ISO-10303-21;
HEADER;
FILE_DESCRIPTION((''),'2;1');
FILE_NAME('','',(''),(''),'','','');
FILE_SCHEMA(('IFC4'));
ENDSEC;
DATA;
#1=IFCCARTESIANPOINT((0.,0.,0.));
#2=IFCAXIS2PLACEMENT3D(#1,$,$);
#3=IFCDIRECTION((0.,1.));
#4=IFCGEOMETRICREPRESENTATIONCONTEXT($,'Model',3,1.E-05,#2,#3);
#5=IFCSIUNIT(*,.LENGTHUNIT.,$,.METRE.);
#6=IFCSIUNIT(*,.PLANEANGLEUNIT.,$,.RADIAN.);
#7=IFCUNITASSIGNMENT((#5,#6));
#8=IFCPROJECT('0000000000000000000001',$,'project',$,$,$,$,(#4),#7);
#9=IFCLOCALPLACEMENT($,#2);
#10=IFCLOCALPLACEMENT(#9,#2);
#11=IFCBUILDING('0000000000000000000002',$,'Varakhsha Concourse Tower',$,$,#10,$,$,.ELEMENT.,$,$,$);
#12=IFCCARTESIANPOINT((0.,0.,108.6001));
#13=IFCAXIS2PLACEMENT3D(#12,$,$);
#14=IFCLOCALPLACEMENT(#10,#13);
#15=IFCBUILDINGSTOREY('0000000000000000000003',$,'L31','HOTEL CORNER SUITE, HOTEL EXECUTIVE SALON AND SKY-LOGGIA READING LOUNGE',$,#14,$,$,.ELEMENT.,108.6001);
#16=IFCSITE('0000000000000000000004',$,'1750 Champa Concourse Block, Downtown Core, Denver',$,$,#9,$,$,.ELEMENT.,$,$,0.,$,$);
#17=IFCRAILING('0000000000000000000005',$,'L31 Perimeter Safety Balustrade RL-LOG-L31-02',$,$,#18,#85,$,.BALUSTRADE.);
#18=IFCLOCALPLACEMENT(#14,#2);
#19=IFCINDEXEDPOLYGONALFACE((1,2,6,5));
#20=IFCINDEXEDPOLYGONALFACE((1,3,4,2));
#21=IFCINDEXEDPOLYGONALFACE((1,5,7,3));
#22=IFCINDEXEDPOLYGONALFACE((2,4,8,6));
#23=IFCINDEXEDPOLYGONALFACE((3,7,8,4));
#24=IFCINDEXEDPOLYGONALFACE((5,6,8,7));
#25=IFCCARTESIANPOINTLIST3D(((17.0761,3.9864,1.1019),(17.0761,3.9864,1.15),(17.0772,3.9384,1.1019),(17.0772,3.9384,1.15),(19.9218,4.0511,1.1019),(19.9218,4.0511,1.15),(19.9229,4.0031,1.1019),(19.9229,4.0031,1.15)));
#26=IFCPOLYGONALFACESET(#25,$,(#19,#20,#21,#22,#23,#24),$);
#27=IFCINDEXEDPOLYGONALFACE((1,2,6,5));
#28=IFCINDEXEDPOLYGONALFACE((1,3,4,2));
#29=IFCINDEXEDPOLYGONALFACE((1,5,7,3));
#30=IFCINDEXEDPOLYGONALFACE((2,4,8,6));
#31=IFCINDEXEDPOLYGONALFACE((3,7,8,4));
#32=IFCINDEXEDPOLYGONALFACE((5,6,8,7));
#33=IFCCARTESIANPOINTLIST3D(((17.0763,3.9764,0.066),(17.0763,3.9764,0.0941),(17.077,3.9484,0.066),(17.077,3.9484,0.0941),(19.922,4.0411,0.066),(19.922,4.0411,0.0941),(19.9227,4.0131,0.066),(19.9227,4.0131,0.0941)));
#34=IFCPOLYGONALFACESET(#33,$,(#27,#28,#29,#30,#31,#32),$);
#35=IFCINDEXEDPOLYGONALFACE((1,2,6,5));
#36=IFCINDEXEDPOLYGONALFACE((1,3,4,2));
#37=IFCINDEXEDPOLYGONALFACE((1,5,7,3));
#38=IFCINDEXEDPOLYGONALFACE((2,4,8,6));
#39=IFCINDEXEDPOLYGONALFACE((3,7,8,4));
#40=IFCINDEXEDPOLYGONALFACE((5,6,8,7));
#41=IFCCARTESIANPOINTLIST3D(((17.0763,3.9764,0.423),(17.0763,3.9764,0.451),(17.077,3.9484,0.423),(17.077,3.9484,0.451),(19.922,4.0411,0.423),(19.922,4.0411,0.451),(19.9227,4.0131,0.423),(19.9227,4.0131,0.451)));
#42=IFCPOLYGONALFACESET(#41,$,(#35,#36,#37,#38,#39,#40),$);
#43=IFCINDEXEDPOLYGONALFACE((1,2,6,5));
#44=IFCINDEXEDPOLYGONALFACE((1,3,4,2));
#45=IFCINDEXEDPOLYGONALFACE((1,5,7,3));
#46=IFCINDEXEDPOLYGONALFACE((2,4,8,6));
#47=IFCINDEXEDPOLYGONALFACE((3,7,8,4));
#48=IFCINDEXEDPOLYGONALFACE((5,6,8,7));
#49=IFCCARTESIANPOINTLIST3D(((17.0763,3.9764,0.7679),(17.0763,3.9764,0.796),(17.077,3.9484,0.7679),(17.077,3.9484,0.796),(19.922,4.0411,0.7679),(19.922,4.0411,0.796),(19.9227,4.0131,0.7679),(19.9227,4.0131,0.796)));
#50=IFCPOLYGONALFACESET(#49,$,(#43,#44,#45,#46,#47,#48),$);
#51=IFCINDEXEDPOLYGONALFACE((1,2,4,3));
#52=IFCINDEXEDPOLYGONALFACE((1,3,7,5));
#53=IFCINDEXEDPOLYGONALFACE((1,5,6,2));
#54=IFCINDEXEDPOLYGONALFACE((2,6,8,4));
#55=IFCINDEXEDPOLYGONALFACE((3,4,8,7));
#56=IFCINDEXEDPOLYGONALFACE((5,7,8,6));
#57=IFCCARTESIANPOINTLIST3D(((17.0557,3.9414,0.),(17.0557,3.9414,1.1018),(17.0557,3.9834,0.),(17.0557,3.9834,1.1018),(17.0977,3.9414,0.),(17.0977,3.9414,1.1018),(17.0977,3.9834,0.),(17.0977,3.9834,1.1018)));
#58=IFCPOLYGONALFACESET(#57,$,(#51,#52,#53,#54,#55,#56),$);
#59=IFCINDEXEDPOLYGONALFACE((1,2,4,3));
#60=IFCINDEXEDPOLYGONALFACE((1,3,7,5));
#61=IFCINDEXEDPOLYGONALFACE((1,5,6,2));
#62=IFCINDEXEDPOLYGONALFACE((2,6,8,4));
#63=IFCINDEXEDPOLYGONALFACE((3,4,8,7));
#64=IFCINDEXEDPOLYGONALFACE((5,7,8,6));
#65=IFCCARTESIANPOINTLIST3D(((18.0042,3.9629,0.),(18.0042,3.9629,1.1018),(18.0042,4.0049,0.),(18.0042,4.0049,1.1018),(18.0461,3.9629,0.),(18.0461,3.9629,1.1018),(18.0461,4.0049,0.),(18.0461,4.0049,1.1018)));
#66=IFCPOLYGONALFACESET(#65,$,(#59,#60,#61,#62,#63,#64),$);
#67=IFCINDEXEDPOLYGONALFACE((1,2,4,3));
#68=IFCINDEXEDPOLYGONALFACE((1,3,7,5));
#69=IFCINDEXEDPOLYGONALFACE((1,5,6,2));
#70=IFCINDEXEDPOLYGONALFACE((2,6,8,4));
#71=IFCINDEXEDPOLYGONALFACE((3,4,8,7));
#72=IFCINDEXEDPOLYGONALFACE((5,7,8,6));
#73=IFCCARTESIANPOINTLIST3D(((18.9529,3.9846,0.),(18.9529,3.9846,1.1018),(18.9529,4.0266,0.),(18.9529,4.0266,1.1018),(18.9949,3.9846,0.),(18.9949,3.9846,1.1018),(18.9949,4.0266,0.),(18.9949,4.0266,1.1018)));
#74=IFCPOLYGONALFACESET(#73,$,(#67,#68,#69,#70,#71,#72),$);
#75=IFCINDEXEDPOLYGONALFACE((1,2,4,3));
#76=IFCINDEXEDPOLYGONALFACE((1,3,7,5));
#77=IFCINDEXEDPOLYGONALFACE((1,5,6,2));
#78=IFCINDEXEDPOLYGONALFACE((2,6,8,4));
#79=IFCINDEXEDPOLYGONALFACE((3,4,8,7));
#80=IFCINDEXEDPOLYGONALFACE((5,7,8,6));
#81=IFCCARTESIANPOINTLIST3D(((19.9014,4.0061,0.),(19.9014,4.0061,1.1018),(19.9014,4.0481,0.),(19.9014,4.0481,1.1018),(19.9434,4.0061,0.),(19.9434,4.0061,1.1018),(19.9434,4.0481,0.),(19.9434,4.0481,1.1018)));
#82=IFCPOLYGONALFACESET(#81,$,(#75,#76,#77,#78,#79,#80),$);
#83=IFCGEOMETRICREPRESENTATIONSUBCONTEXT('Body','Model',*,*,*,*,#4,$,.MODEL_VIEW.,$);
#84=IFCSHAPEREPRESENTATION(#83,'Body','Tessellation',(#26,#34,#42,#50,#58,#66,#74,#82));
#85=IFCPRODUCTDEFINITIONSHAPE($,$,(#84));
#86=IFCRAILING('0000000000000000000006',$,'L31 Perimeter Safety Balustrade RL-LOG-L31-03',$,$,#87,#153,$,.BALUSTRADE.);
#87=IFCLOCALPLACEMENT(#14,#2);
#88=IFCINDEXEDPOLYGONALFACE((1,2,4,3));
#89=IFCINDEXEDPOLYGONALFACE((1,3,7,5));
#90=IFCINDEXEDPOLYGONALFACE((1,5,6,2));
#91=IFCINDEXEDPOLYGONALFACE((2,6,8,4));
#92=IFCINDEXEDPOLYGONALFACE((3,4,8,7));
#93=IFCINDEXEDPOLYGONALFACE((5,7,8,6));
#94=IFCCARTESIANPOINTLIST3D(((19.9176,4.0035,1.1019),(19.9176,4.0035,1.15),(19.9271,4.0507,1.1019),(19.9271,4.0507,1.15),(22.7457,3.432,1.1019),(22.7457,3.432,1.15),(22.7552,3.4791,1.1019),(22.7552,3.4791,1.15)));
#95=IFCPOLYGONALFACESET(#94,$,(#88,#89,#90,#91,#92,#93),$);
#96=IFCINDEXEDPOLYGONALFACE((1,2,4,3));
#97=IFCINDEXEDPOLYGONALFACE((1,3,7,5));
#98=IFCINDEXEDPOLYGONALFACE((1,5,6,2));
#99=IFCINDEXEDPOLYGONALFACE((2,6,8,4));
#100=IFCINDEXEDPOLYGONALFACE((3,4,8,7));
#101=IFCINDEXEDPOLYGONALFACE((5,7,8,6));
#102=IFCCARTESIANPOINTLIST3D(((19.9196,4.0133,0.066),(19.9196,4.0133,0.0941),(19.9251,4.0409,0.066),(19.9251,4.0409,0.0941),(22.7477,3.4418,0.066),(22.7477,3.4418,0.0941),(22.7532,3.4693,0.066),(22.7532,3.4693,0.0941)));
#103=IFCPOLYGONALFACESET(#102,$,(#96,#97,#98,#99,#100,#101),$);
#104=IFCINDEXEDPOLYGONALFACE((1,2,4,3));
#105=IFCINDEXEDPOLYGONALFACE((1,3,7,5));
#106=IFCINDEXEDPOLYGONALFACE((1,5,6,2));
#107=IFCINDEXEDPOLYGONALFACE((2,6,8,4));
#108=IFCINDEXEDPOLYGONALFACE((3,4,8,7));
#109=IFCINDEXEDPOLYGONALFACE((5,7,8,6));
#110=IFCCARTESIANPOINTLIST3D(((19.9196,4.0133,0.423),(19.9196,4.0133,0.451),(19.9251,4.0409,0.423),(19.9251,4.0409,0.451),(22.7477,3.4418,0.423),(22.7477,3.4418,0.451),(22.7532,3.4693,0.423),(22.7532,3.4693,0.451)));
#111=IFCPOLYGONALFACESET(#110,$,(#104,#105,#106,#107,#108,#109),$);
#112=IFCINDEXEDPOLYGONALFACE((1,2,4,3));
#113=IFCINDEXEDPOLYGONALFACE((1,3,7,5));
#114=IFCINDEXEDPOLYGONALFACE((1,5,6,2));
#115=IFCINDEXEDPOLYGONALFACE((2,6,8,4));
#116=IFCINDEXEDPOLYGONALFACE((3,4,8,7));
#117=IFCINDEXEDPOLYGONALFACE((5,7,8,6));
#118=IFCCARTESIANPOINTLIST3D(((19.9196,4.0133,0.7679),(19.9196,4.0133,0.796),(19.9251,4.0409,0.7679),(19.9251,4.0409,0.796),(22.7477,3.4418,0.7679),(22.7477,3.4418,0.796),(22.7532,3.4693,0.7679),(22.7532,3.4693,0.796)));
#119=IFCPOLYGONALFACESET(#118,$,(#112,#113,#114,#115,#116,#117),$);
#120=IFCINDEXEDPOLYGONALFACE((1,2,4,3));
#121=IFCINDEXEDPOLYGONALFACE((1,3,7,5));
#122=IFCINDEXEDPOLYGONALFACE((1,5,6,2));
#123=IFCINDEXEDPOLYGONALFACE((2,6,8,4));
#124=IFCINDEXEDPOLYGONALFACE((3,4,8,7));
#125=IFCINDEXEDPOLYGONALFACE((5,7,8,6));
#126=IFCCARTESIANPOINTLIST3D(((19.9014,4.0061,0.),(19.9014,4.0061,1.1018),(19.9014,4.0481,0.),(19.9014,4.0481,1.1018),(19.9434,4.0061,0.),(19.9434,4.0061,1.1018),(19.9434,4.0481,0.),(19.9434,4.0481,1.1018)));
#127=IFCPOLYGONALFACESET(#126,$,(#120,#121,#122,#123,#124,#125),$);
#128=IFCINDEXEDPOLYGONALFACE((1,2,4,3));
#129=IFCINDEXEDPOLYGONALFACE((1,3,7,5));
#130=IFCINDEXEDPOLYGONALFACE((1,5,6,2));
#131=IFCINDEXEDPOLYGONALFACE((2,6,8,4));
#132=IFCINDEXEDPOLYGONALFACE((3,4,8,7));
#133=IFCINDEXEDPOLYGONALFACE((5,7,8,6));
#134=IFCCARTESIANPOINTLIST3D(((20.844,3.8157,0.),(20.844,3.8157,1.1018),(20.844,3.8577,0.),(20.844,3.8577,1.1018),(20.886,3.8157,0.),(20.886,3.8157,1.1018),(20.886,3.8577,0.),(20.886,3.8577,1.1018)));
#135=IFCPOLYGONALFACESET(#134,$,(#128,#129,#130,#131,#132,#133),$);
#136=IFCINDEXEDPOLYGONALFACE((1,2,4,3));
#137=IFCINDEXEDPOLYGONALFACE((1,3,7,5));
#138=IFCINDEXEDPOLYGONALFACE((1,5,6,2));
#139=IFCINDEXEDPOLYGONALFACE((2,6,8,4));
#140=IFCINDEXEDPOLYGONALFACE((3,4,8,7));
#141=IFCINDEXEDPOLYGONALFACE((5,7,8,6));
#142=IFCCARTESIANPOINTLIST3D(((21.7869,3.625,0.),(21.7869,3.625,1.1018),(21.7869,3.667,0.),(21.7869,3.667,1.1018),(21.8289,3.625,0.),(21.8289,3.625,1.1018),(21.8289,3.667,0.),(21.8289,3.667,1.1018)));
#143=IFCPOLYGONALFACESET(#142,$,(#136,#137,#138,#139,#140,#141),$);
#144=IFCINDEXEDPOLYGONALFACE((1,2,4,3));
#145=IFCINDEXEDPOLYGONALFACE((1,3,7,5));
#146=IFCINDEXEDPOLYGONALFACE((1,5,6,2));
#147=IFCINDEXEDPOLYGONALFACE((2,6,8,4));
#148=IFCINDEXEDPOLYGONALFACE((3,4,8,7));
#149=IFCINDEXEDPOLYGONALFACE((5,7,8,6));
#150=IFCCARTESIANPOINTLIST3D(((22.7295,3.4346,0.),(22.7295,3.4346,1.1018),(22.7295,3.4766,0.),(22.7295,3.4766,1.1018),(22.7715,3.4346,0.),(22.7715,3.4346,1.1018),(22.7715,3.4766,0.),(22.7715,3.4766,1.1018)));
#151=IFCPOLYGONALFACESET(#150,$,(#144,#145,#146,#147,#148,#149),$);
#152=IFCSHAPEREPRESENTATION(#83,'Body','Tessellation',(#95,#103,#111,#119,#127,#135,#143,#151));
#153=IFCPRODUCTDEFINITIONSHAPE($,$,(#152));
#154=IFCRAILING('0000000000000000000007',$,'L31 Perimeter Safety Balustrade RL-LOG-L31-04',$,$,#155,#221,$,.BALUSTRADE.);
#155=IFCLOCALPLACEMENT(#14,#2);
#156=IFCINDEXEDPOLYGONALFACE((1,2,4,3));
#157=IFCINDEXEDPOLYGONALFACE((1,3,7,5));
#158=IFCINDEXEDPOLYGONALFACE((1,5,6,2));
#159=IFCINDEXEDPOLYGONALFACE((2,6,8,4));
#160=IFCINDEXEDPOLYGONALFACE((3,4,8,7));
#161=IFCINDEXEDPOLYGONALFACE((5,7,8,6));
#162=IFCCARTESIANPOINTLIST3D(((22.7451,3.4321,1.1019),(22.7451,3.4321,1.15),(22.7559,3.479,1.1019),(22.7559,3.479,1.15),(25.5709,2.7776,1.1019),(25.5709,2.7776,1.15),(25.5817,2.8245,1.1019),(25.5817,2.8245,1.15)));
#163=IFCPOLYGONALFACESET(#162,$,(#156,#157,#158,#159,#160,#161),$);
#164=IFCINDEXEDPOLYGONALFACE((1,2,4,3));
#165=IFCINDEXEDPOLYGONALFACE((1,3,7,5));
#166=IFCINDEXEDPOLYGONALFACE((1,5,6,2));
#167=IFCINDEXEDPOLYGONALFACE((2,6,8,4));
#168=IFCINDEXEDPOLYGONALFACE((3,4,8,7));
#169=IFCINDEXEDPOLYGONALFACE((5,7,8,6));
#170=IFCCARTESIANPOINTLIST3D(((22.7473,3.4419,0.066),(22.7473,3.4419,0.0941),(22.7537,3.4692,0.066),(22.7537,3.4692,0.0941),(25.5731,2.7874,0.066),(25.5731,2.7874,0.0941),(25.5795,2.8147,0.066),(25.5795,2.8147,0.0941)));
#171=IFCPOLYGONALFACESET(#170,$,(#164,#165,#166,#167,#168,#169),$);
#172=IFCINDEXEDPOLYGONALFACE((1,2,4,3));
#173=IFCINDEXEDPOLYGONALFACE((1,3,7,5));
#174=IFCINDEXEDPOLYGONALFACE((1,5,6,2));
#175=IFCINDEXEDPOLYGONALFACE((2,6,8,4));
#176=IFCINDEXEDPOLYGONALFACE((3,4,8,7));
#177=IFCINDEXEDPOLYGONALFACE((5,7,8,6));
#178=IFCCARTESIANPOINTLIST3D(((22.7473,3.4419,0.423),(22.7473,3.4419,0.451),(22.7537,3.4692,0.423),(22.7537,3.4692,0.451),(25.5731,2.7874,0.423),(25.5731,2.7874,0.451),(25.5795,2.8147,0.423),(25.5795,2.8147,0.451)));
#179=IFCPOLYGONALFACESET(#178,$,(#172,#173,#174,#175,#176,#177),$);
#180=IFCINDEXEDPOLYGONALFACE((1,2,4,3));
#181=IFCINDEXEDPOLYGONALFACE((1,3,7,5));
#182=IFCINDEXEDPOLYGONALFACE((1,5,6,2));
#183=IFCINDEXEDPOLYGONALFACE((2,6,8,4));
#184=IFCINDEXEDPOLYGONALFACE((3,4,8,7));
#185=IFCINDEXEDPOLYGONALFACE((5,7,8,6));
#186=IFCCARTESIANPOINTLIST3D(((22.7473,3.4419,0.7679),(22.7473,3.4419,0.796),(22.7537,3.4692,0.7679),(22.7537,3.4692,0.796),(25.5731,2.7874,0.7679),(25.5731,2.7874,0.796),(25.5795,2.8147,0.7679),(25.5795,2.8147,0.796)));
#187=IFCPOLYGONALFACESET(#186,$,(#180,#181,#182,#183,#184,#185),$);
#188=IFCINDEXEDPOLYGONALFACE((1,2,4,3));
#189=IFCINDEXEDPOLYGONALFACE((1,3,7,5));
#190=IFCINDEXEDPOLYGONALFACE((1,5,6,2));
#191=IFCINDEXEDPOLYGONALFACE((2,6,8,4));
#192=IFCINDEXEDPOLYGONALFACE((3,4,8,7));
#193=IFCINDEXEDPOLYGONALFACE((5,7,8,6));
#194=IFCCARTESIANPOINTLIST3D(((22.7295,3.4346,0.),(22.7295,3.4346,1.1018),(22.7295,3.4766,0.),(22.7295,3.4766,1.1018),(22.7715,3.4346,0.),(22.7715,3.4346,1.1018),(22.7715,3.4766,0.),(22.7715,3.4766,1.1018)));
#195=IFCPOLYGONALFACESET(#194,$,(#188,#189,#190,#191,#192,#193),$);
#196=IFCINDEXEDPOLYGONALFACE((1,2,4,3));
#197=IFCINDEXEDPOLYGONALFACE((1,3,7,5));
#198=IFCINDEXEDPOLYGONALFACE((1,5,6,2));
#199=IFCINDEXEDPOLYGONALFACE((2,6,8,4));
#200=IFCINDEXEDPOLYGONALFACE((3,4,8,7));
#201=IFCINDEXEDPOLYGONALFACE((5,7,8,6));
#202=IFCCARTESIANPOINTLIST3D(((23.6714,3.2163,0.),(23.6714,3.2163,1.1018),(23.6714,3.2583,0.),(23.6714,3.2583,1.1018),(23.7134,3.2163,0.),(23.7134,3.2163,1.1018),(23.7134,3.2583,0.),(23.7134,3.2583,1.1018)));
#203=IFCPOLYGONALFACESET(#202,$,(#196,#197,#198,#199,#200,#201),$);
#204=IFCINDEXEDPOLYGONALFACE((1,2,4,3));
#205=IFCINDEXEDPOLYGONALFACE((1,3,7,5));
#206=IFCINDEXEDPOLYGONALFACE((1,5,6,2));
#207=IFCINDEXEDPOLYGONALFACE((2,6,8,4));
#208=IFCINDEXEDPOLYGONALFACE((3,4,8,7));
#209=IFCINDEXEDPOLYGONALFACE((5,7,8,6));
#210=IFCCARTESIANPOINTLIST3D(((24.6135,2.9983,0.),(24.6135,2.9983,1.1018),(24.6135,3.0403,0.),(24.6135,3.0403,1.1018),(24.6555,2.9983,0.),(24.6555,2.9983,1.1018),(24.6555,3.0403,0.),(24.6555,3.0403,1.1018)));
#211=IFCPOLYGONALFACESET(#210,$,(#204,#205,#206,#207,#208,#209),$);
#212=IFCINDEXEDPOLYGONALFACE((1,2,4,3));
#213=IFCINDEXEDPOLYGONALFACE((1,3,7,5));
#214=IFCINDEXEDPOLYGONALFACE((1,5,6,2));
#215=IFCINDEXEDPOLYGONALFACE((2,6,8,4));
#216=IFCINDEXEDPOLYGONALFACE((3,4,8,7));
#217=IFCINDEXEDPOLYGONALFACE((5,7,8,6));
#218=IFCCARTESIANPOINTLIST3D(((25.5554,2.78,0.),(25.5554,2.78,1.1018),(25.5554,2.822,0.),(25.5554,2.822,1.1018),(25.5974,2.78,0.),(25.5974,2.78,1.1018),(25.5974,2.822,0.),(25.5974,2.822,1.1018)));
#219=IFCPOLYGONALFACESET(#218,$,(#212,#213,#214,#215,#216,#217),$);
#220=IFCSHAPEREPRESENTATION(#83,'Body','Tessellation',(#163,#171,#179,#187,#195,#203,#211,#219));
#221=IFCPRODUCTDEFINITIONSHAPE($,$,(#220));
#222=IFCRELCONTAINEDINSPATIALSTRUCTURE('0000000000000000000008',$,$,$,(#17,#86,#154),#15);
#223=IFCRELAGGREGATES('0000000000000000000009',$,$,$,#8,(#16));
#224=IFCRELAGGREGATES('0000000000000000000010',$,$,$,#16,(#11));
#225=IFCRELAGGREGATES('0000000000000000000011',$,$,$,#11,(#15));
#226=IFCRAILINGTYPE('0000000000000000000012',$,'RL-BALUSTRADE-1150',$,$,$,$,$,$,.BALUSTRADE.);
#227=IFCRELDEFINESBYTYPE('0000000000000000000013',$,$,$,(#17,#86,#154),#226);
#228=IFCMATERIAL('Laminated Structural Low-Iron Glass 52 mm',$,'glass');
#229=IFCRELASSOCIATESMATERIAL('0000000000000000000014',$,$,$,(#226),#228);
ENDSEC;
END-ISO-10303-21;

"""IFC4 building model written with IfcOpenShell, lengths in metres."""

from ifc_helpers import new_model, si_unit, direction, frame, origin, origin_2d, place, context, subcontext, project, spatial, rectangle, extrude, material, type_object, element, save


model = new_model("IFC4")

# Units and contexts
model_context = context("Model", 3, precision=1e-05, world=origin(), true_north=direction((0.0, 1.0)))
body_context = subcontext(model_context, "Body", "Model", "MODEL_VIEW")
ifc_project = project(units=[si_unit("LENGTHUNIT", "METRE"), si_unit("PLANEANGLEUNIT", "RADIAN")], contexts=[model_context])

# Site, building, storey
site_placement = place(None, origin())
site = spatial("IfcSite", under=ifc_project, at=site_placement, Name="1750 Champa Concourse Block, Downtown Core, Denver", CompositionType="ELEMENT", RefElevation=0.0)
building_placement = place(site_placement, origin())
building = spatial("IfcBuilding", under=site, at=building_placement, Name="Varakhsha Concourse Tower", CompositionType="ELEMENT")
storey_placement = place(building_placement, frame((0.0, 0.0, 108.6001)))
storey = spatial("IfcBuildingStorey", under=building, at=storey_placement, Name="L31", Description="HOTEL CORNER SUITE, HOTEL EXECUTIVE SALON AND SKY-LOGGIA READING LOUNGE", CompositionType="ELEMENT", Elevation=108.6001)

# Railings
ifc_material_1 = material(Name="Laminated Structural Low-Iron Glass 52 mm", Category="glass")
railing_type = type_object("IfcRailingType", Name="RL-BALUSTRADE-1150", PredefinedType="BALUSTRADE", material=ifc_material_1)
railing_1_placement = place(storey_placement, frame((17.0767, 3.9624, 0.0)))
element("IfcRailing", 1, at=railing_1_placement, inside=storey, type_object=railing_type, Name="L31 Perimeter Safety Balustrade RL-LOG-L31-02", PredefinedType="BALUSTRADE", context=body_context, shape_type="SweptSolid", body=[
    extrude(rectangle(XDim=0.0481, YDim=0.0481, at=origin_2d()), frame((0.0, 0.0, 1.126), z_axis=(0.999742, 0.022729, 0.0), x_axis=(-0.022729, 0.999742, 0.0)), (0.0, 0.0, 1.0), 2.8464),
    extrude(rectangle(XDim=0.0281, YDim=0.0281, at=origin_2d()), frame((0.0, 0.0, 0.0801), z_axis=(0.999742, 0.022729, 0.0), x_axis=(-0.022729, 0.999742, 0.0)), (0.0, 0.0, 1.0), 2.8464),
    extrude(rectangle(XDim=0.0281, YDim=0.0281, at=origin_2d()), frame((0.0, 0.0, 0.437), z_axis=(0.999742, 0.022729, 0.0), x_axis=(-0.022729, 0.999742, 0.0)), (0.0, 0.0, 1.0), 2.8464),
    extrude(rectangle(XDim=0.0281, YDim=0.0281, at=origin_2d()), frame((0.0, 0.0, 0.782), z_axis=(0.999742, 0.022729, 0.0), x_axis=(-0.022729, 0.999742, 0.0)), (0.0, 0.0, 1.0), 2.8464),
    extrude(rectangle(XDim=0.042, YDim=0.042, at=origin_2d()), origin(), (0.0, 0.0, 1.0), 1.1018),
    extrude(rectangle(XDim=0.042, YDim=0.042, at=origin_2d()), frame((0.9485, 0.0215, 0.0)), (0.0, 0.0, 1.0), 1.1018),
    extrude(rectangle(XDim=0.042, YDim=0.042, at=origin_2d()), frame((1.8972, 0.0432, 0.0)), (0.0, 0.0, 1.0), 1.1018),
    extrude(rectangle(XDim=0.042, YDim=0.042, at=origin_2d()), frame((2.8457, 0.0647, 0.0)), (0.0, 0.0, 1.0), 1.1018),
])
railing_2_placement = place(storey_placement, frame((19.9224, 4.0271, 0.0)))
element("IfcRailing", 2, at=railing_2_placement, inside=storey, type_object=railing_type, Name="L31 Perimeter Safety Balustrade RL-LOG-L31-03", PredefinedType="BALUSTRADE", context=body_context, shape_type="SweptSolid", body=[
    extrude(rectangle(XDim=0.0481, YDim=0.0481, at=origin_2d()), frame((0.0, 0.0, 1.126), z_axis=(0.980185, -0.198085, 0.0), x_axis=(0.198085, 0.980185, 0.0)), (0.0, 0.0, 1.0), 2.8853),
    extrude(rectangle(XDim=0.0281, YDim=0.0281, at=origin_2d()), frame((0.0, 0.0, 0.0801), z_axis=(0.980185, -0.198085, 0.0), x_axis=(0.198085, 0.980185, 0.0)), (0.0, 0.0, 1.0), 2.8853),
    extrude(rectangle(XDim=0.0281, YDim=0.0281, at=origin_2d()), frame((0.0, 0.0, 0.437), z_axis=(0.980185, -0.198085, 0.0), x_axis=(0.198085, 0.980185, 0.0)), (0.0, 0.0, 1.0), 2.8853),
    extrude(rectangle(XDim=0.0281, YDim=0.0281, at=origin_2d()), frame((0.0, 0.0, 0.782), z_axis=(0.980185, -0.198085, 0.0), x_axis=(0.198085, 0.980185, 0.0)), (0.0, 0.0, 1.0), 2.8853),
    extrude(rectangle(XDim=0.042, YDim=0.042, at=origin_2d()), origin(), (0.0, 0.0, 1.0), 1.1018),
    extrude(rectangle(XDim=0.042, YDim=0.042, at=origin_2d()), frame((0.9426, -0.1904, 0.0)), (0.0, 0.0, 1.0), 1.1018),
    extrude(rectangle(XDim=0.042, YDim=0.042, at=origin_2d()), frame((1.8855, -0.3811, 0.0)), (0.0, 0.0, 1.0), 1.1018),
    extrude(rectangle(XDim=0.042, YDim=0.042, at=origin_2d()), frame((2.8281, -0.5715, 0.0)), (0.0, 0.0, 1.0), 1.1018),
])
railing_3_placement = place(storey_placement, frame((22.7505, 3.4556, 0.0)))
element("IfcRailing", 3, at=railing_3_placement, inside=storey, type_object=railing_type, Name="L31 Perimeter Safety Balustrade RL-LOG-L31-04", PredefinedType="BALUSTRADE", context=body_context, shape_type="SweptSolid", body=[
    extrude(rectangle(XDim=0.0481, YDim=0.0481, at=origin_2d()), frame((0.0, 0.0, 1.126), z_axis=(0.974209, -0.225646, 0.0), x_axis=(0.225646, 0.974209, 0.0)), (0.0, 0.0, 1.0), 2.9006),
    extrude(rectangle(XDim=0.0281, YDim=0.0281, at=origin_2d()), frame((0.0, 0.0, 0.0801), z_axis=(0.974209, -0.225646, 0.0), x_axis=(0.225646, 0.974209, 0.0)), (0.0, 0.0, 1.0), 2.9006),
    extrude(rectangle(XDim=0.0281, YDim=0.0281, at=origin_2d()), frame((0.0, 0.0, 0.437), z_axis=(0.974209, -0.225646, 0.0), x_axis=(0.225646, 0.974209, 0.0)), (0.0, 0.0, 1.0), 2.9006),
    extrude(rectangle(XDim=0.0281, YDim=0.0281, at=origin_2d()), frame((0.0, 0.0, 0.782), z_axis=(0.974209, -0.225646, 0.0), x_axis=(0.225646, 0.974209, 0.0)), (0.0, 0.0, 1.0), 2.9006),
    extrude(rectangle(XDim=0.042, YDim=0.042, at=origin_2d()), origin(), (0.0, 0.0, 1.0), 1.1018),
    extrude(rectangle(XDim=0.042, YDim=0.042, at=origin_2d()), frame((0.9419, -0.2183, 0.0)), (0.0, 0.0, 1.0), 1.1018),
    extrude(rectangle(XDim=0.042, YDim=0.042, at=origin_2d()), frame((1.884, -0.4363, 0.0)), (0.0, 0.0, 1.0), 1.1018),
    extrude(rectangle(XDim=0.042, YDim=0.042, at=origin_2d()), frame((2.8259, -0.6545, 0.0)), (0.0, 0.0, 1.0), 1.1018),
])

save(model, "model.ifc")
